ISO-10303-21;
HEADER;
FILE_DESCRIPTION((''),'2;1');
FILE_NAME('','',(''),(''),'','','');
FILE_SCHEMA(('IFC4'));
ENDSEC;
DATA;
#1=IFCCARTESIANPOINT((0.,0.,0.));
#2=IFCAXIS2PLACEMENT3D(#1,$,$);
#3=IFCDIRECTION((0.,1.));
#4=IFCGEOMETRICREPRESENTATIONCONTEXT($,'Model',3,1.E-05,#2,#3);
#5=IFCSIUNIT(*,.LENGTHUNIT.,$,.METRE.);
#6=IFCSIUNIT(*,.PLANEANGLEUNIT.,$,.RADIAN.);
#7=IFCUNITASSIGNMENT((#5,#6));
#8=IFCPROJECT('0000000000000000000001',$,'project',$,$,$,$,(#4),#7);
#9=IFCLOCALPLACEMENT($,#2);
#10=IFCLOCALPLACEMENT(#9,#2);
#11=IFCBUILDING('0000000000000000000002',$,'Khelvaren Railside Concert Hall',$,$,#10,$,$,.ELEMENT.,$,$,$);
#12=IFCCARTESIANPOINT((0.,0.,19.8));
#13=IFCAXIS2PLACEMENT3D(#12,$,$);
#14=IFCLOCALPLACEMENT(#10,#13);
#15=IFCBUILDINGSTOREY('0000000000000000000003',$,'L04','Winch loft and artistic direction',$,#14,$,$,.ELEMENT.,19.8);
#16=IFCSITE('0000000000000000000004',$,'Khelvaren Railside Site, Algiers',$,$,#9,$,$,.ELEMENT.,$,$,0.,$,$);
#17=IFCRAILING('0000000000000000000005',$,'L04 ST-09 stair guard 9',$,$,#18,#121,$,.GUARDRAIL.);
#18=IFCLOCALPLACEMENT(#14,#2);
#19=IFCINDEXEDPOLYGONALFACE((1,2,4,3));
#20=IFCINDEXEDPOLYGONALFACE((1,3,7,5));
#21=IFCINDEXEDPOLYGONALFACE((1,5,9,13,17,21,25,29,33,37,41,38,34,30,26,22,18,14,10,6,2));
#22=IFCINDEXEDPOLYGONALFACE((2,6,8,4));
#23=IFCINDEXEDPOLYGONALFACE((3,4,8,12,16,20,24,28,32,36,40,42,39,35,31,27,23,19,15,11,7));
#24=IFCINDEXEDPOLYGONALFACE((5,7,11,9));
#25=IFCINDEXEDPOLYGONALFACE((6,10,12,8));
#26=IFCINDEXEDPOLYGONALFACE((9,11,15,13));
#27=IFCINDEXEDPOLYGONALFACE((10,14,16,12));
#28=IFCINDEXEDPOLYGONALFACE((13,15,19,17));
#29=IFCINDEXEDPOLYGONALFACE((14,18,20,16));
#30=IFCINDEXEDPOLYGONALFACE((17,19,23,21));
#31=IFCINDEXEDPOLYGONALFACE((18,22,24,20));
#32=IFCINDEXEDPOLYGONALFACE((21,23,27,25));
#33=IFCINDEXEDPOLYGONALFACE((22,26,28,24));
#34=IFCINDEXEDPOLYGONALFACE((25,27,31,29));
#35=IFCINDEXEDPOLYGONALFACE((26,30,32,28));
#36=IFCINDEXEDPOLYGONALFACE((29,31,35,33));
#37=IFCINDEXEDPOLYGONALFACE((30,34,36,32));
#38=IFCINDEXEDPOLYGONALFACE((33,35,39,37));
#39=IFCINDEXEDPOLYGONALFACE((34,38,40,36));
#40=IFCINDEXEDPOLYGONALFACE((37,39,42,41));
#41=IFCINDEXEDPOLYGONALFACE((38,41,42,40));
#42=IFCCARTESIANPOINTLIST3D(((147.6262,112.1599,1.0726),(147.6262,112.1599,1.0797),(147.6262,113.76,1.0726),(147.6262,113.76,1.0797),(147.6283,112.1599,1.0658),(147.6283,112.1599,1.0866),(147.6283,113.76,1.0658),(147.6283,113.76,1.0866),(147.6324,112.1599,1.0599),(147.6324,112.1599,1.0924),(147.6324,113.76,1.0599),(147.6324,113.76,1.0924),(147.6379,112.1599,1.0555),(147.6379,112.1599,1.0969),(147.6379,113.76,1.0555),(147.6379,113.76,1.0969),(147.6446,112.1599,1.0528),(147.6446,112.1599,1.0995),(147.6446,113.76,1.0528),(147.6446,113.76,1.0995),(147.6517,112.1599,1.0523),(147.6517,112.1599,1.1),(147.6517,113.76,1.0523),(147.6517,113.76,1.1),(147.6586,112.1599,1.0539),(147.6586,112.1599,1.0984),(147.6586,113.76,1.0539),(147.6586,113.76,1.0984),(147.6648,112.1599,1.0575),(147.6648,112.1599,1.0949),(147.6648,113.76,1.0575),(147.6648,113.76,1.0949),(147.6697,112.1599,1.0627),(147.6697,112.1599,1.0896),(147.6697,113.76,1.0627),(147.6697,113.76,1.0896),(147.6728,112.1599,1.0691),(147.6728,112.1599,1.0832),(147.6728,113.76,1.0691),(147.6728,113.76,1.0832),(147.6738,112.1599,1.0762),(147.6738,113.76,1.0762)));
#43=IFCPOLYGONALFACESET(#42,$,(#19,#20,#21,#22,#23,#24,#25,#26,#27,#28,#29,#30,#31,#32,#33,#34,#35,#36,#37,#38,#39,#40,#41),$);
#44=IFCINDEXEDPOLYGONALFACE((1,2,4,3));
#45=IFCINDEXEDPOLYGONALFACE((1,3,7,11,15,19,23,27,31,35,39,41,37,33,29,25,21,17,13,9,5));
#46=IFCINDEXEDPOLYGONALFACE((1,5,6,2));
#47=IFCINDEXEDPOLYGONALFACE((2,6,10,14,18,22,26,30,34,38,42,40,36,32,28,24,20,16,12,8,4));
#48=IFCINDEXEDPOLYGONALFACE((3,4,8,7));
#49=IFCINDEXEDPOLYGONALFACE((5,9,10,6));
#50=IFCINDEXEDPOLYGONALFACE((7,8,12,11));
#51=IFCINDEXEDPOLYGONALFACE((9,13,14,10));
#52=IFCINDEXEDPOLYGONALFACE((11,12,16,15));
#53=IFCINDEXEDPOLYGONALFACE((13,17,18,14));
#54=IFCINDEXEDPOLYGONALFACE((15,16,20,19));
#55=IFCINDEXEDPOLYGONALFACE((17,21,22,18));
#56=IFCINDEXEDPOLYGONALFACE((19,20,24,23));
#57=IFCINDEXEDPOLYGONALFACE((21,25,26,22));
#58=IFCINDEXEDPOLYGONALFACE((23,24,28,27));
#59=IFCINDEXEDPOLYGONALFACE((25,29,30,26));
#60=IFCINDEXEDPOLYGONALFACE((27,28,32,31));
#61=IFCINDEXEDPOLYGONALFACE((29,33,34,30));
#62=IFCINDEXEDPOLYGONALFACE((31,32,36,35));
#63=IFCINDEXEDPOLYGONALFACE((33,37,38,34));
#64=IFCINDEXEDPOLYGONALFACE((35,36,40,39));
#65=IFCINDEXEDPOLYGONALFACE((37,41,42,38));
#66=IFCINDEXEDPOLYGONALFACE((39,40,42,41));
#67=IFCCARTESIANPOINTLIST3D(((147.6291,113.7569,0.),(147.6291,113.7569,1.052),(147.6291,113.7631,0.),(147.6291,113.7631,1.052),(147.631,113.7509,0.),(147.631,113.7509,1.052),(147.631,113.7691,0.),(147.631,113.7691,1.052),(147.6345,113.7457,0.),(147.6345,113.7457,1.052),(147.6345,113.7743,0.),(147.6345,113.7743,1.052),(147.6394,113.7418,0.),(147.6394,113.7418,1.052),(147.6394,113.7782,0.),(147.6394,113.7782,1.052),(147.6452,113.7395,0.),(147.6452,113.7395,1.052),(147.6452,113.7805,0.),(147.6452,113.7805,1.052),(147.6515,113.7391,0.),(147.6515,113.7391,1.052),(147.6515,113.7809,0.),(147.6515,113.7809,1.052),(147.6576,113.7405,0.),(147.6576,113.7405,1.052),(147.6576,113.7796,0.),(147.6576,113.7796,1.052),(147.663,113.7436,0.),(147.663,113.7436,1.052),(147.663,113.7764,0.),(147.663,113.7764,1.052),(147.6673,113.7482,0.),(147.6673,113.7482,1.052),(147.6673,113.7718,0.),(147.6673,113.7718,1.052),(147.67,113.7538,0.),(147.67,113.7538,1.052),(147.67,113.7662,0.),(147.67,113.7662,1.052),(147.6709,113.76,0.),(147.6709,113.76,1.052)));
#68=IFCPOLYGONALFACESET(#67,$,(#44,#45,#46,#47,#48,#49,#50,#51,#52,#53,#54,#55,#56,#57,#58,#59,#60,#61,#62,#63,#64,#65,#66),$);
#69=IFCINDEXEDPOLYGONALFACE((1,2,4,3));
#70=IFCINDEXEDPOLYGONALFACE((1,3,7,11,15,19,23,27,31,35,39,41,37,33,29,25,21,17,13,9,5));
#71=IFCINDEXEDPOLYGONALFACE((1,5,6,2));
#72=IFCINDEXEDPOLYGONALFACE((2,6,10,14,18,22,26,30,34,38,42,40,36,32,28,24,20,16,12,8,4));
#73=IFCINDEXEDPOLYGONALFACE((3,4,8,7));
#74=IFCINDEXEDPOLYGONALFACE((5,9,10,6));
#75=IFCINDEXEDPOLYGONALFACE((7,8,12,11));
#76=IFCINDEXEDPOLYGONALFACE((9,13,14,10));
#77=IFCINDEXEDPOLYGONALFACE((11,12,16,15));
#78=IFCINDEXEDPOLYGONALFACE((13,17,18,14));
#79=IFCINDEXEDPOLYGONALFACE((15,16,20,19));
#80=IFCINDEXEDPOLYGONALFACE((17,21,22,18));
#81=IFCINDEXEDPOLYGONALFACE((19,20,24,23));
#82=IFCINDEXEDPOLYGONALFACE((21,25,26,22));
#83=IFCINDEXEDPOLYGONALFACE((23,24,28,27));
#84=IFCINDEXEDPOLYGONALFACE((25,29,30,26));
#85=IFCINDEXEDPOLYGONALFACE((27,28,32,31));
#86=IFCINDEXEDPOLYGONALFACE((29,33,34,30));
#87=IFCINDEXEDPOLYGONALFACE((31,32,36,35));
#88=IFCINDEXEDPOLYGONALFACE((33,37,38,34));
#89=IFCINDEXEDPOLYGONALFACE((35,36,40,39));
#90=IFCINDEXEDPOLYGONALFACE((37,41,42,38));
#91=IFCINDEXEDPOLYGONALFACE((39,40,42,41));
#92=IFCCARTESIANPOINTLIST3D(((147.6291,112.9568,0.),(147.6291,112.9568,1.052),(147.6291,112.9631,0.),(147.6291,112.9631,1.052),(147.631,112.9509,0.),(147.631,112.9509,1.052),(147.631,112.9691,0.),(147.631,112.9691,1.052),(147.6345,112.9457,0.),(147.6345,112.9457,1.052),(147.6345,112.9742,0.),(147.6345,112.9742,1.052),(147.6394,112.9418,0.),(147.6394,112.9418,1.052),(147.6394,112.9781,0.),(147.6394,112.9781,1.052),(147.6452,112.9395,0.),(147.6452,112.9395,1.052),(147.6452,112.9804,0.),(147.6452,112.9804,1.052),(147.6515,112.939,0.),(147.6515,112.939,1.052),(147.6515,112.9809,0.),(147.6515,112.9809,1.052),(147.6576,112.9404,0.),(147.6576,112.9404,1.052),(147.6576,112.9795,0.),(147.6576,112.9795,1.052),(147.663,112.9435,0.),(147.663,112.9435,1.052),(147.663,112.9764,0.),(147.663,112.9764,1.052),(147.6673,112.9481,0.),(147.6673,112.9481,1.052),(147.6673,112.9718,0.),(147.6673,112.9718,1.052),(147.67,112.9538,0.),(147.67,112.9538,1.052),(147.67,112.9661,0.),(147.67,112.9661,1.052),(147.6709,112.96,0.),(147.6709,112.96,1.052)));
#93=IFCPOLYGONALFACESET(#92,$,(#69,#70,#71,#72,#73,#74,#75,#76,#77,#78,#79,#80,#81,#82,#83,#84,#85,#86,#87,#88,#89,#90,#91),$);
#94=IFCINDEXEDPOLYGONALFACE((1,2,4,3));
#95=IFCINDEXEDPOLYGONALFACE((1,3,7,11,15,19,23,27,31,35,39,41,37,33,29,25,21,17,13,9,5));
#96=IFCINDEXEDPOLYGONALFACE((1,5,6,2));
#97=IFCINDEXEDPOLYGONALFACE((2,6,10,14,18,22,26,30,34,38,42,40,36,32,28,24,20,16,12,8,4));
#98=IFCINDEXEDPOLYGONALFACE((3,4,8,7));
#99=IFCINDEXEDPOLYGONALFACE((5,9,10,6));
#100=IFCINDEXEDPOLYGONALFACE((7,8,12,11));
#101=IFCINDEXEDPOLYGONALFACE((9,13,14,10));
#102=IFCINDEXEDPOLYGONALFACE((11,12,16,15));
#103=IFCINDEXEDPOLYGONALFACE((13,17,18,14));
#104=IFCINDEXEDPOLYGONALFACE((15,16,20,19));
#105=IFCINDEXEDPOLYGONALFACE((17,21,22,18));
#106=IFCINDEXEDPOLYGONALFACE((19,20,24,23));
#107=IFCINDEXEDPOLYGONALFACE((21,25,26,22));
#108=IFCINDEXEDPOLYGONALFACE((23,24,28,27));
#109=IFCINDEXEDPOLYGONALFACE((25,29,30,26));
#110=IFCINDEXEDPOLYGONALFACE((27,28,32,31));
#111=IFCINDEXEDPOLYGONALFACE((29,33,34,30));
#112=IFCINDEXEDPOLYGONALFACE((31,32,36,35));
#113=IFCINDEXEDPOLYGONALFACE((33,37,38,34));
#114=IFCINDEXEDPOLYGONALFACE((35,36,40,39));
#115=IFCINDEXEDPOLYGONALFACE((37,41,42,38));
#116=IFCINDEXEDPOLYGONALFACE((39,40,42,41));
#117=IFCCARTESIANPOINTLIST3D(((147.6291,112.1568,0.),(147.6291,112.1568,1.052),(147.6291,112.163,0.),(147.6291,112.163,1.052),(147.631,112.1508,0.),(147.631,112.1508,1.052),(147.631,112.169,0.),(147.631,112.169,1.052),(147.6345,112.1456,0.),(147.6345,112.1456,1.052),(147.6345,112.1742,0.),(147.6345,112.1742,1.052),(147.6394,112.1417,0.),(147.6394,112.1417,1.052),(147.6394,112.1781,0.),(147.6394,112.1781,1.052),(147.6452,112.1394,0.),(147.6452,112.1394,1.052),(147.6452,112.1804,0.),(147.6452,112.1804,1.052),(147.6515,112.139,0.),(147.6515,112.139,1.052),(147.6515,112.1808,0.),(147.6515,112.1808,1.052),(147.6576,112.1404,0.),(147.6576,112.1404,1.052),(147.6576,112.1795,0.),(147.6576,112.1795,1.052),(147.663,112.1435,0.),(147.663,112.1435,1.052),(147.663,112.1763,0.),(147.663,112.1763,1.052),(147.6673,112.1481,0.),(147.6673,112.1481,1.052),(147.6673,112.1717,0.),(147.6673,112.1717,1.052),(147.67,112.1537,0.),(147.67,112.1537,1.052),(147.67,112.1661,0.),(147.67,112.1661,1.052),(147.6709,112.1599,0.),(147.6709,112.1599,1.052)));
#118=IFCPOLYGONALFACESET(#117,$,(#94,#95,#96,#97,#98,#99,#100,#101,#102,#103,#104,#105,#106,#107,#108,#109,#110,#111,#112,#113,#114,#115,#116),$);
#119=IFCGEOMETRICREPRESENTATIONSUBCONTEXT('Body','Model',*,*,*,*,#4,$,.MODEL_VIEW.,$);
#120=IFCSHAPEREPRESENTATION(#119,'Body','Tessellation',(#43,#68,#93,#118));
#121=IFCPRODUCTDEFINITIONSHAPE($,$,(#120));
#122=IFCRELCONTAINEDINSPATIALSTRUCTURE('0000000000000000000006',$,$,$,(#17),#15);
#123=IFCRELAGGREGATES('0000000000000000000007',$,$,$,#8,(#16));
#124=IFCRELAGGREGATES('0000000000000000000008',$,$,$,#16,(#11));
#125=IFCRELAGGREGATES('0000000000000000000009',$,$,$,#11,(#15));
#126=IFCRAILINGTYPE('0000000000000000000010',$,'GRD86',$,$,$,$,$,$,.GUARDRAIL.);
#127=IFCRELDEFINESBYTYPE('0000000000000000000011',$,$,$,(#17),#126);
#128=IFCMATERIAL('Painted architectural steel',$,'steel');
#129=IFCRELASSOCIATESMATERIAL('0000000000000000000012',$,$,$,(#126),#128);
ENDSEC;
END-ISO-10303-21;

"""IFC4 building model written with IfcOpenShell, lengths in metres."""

from ifc_helpers import new_model, si_unit, direction, frame, origin, origin_2d, place, context, subcontext, project, spatial, circle, extrude, material, type_object, element, save


model = new_model("IFC4")

# Units and contexts
model_context = context("Model", 3, precision=1e-05, world=origin(), true_north=direction((0.0, 1.0)))
body_context = subcontext(model_context, "Body", "Model", "MODEL_VIEW")
ifc_project = project(units=[si_unit("LENGTHUNIT", "METRE"), si_unit("PLANEANGLEUNIT", "RADIAN")], contexts=[model_context])

# Site, building, storey
site_placement = place(None, origin())
site = spatial("IfcSite", under=ifc_project, at=site_placement, Name="Khelvaren Railside Site, Algiers", CompositionType="ELEMENT", RefElevation=0.0)
building_placement = place(site_placement, origin())
building = spatial("IfcBuilding", under=site, at=building_placement, Name="Khelvaren Railside Concert Hall", CompositionType="ELEMENT")
storey_placement = place(building_placement, frame((0.0, 0.0, 19.8)))
storey = spatial("IfcBuildingStorey", under=building, at=storey_placement, Name="L04", Description="Winch loft and artistic direction", CompositionType="ELEMENT", Elevation=19.8)

# Railing
ifc_material_1 = material(Name="Painted architectural steel", Category="steel")
railing_type_1 = type_object("IfcRailingType", Name="GRD86", PredefinedType="GUARDRAIL", material=ifc_material_1)
for number, where, name in (
    (1, (147.6499, 113.76, 0.0), "L04 ST-09 stair guard 9"),
):
    element("IfcRailing", number, at=place(storey_placement, frame(where)), inside=storey, type_object=railing_type_1, Name=name, PredefinedType="GUARDRAIL", context=body_context, shape_type="SweptSolid", body=[
        extrude(circle(Radius=0.0239, at=origin_2d()), frame((0.0, 0.0, 1.0762), z_axis=(0.0, -1.0, 0.0), x_axis=(1.0, 0.0, 0.0)), (0.0, 0.0, 1.0), 1.6001),
        extrude(circle(Radius=0.021, at=origin_2d()), origin(), (0.0, 0.0, 1.0), 1.052),
        extrude(circle(Radius=0.021, at=origin_2d()), frame((0.0, -0.8, 0.0)), (0.0, 0.0, 1.0), 1.052),
        extrude(circle(Radius=0.021, at=origin_2d()), frame((0.0, -1.6001, 0.0)), (0.0, 0.0, 1.0), 1.052),
    ])

save(model, "model.ifc")
